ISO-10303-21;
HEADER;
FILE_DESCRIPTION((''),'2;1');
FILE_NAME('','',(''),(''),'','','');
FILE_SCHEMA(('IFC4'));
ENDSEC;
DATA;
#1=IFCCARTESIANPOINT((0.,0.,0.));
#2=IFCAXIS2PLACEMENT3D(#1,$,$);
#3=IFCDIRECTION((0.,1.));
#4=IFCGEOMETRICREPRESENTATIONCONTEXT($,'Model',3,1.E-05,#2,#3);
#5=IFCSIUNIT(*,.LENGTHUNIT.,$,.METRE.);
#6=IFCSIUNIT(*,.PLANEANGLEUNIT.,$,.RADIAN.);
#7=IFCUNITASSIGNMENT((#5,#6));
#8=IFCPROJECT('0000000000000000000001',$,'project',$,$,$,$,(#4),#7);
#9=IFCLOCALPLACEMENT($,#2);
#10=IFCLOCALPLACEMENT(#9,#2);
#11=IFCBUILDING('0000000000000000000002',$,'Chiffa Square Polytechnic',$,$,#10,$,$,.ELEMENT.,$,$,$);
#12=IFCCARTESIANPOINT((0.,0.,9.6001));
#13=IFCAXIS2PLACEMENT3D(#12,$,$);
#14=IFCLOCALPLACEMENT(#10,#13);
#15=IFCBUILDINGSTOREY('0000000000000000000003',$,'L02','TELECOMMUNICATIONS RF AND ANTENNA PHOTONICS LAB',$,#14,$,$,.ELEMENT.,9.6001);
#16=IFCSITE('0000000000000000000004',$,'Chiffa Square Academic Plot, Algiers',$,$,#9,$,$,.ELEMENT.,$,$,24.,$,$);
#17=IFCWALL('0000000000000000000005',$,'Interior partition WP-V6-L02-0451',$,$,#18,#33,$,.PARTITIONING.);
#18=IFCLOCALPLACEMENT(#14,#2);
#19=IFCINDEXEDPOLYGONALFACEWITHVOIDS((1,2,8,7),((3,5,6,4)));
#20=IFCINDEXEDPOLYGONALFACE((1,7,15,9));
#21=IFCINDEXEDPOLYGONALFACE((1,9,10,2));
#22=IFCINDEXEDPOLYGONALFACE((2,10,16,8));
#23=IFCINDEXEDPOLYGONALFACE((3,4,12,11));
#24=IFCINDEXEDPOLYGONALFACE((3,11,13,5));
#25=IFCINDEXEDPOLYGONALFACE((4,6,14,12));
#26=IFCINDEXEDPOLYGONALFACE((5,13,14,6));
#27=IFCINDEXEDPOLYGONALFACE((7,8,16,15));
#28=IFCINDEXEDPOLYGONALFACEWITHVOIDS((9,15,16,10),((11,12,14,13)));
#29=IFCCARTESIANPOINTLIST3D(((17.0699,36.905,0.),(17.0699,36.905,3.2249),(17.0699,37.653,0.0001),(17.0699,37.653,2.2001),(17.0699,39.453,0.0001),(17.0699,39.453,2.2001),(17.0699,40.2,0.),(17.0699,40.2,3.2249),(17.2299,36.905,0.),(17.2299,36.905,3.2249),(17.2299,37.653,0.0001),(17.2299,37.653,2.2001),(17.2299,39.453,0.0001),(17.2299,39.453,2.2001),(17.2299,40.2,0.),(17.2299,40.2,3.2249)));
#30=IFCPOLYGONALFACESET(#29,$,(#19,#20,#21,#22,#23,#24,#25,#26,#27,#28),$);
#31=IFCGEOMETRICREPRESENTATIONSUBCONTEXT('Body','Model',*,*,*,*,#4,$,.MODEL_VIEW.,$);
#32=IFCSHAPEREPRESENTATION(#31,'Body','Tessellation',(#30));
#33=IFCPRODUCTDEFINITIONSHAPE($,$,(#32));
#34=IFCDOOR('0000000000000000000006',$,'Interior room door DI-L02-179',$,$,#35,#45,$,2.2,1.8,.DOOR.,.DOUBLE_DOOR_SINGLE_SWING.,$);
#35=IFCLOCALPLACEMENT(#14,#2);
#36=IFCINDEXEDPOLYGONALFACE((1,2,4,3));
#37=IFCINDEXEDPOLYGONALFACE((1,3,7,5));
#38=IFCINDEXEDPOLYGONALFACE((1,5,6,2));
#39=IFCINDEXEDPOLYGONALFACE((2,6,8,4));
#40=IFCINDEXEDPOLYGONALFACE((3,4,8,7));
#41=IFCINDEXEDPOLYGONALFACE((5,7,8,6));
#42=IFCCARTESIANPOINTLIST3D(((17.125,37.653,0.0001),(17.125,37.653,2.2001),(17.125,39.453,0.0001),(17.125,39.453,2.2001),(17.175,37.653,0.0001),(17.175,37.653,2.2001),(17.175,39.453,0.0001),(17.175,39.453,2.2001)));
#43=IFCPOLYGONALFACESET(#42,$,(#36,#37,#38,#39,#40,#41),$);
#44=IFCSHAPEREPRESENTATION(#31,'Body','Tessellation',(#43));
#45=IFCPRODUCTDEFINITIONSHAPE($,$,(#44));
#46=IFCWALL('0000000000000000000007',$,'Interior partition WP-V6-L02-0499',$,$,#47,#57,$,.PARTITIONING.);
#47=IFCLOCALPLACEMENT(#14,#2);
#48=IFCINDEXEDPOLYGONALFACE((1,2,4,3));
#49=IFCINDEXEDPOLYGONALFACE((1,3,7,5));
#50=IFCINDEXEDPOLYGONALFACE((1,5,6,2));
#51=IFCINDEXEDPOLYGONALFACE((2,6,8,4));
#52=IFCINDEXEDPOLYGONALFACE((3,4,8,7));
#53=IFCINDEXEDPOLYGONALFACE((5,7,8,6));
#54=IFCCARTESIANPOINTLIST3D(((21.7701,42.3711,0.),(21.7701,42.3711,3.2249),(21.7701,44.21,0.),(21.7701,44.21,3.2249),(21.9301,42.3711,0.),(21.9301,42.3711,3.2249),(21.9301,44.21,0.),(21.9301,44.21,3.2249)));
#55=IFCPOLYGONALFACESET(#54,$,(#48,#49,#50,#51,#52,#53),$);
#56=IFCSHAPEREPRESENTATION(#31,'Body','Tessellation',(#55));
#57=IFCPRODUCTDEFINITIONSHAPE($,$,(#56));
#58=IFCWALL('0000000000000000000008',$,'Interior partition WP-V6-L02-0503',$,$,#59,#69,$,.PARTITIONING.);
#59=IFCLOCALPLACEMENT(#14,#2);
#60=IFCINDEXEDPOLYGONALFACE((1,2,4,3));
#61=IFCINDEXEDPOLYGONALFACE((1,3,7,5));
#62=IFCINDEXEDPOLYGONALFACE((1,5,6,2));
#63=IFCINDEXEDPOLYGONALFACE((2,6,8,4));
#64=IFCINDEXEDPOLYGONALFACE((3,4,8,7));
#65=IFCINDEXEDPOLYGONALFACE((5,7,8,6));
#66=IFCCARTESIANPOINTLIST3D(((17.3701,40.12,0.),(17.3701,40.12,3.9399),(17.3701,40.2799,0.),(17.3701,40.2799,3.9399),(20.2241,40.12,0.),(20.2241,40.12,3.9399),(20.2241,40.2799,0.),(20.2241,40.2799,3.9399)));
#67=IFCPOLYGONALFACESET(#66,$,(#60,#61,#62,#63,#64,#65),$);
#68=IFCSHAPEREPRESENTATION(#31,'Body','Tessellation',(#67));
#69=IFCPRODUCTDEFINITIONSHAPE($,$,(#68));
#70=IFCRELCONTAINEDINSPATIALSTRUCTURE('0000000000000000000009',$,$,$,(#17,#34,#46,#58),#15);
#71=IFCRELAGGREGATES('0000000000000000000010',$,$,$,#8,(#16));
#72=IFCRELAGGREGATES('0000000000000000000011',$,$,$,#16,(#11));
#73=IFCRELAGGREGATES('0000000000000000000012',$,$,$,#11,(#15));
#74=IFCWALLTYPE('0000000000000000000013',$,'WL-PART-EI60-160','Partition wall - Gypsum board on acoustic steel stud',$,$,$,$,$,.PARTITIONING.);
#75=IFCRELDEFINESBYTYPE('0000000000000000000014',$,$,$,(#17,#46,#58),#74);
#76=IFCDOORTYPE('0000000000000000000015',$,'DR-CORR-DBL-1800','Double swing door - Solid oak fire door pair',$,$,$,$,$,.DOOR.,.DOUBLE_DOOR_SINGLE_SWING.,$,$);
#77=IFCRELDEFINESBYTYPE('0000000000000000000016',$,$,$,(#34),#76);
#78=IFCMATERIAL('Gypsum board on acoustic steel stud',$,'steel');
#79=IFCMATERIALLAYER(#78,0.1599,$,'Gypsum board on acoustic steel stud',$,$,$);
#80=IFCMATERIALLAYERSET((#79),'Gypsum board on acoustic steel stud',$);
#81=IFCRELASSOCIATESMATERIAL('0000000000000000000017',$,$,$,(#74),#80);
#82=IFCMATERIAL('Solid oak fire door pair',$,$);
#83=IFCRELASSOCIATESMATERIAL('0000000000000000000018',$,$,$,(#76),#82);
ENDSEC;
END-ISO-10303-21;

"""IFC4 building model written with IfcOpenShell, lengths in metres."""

from ifc_helpers import new_model, si_unit, direction, frame, frame_2d, origin, place, context, subcontext, project, spatial, rectangle, extrude, material, layer, layer_set, type_object, element, fill, save


model = new_model("IFC4")

# Units and contexts
model_context = context("Model", 3, precision=1e-05, world=origin(), true_north=direction((0.0, 1.0)))
body_context = subcontext(model_context, "Body", "Model", "MODEL_VIEW")
ifc_project = project(units=[si_unit("LENGTHUNIT", "METRE"), si_unit("PLANEANGLEUNIT", "RADIAN")], contexts=[model_context])

# Site, building, storey
site_placement = place(None, origin())
site = spatial("IfcSite", under=ifc_project, at=site_placement, Name="Chiffa Square Academic Plot, Algiers", CompositionType="ELEMENT", RefElevation=24.0)
building_placement = place(site_placement, origin())
building = spatial("IfcBuilding", under=site, at=building_placement, Name="Chiffa Square Polytechnic", CompositionType="ELEMENT")
storey_placement = place(building_placement, frame((0.0, 0.0, 9.6001)))
storey = spatial("IfcBuildingStorey", under=building, at=storey_placement, Name="L02", Description="TELECOMMUNICATIONS RF AND ANTENNA PHOTONICS LAB", CompositionType="ELEMENT", Elevation=9.6001)

# Shared definitions
ifc_material_1 = material(Name="Gypsum board on acoustic steel stud", Category="steel")
ifc_layer_1 = layer(ifc_material_1, 0.1599, Name="Gypsum board on acoustic steel stud")
ifc_layer_set_1 = layer_set([ifc_layer_1], Name="Gypsum board on acoustic steel stud")
wall_type_1 = type_object("IfcWallType", Name="WL-PART-EI60-160", Description="Partition wall - Gypsum board on acoustic steel stud", PredefinedType="PARTITIONING", material=ifc_layer_set_1)

# Wall, opening, door
wall_1_placement = place(storey_placement, frame((17.1499, 36.905, 0.0), z_axis=(0.0, 0.0, 1.0), x_axis=(0.0, 1.0, 0.0)))
wall_1 = element("IfcWall", 1, at=wall_1_placement, inside=storey, type_object=wall_type_1, Name="Interior partition WP-V6-L02-0451", PredefinedType="PARTITIONING", context=body_context, shape_type="SweptSolid", body=[
    extrude(rectangle(XDim=3.2949, YDim=0.1599, at=frame_2d((1.6475, 0.0))), origin(), (0.0, 0.0, 1.0), 3.2249),
])
opening_1_placement = place(wall_1_placement, frame((0.748, 0.0, 0.0)))
opening_1 = element("IfcOpeningElement", 2, at=opening_1_placement, cuts=wall_1, PredefinedType="OPENING", context=body_context, shape_type="SweptSolid", body=[
    extrude(rectangle(XDim=1.8, YDim=2.2, at=frame_2d((0.8999, 1.1001))), frame((0.0, 0.0898, 0.0), z_axis=(0.0, -1.0, 0.0), x_axis=(1.0, 0.0, 0.0)), (0.0, 0.0, 1.0), 0.1799),
])
ifc_material_2 = material(Name="Solid oak fire door pair")
door_type_1 = type_object("IfcDoorType", Name="DR-CORR-DBL-1800", Description="Double swing door - Solid oak fire door pair", OperationType="DOUBLE_DOOR_SINGLE_SWING", PredefinedType="DOOR", material=ifc_material_2)
door_1_placement = place(opening_1_placement, origin())
door_1 = element("IfcDoor", 3, at=door_1_placement, inside=storey, type_object=door_type_1, Name="Interior room door DI-L02-179", OperationType="DOUBLE_DOOR_SINGLE_SWING", OverallHeight=2.2, OverallWidth=1.8, PredefinedType="DOOR", context=body_context, shape_type="SweptSolid", body=[
    extrude(rectangle(XDim=1.8, YDim=2.2, at=frame_2d((0.8999, 1.1001))), frame((0.0, 0.0249, 0.0), z_axis=(0.0, -1.0, 0.0), x_axis=(1.0, 0.0, 0.0)), (0.0, 0.0, 1.0), 0.05),
])
fill(opening_1, door_1)

# Walls
wall_2_placement = place(storey_placement, frame((21.8501, 42.3711, 0.0), z_axis=(0.0, 0.0, 1.0), x_axis=(0.0, 1.0, 0.0)))
element("IfcWall", 4, at=wall_2_placement, inside=storey, type_object=wall_type_1, Name="Interior partition WP-V6-L02-0499", PredefinedType="PARTITIONING", context=body_context, shape_type="SweptSolid", body=[
    extrude(rectangle(XDim=1.8389, YDim=0.1599, at=frame_2d((0.9194, 0.0))), origin(), (0.0, 0.0, 1.0), 3.2249),
])
wall_3_placement = place(storey_placement, frame((17.3701, 40.2, 0.0), z_axis=(0.0, 0.0, 1.0), x_axis=(1.0, 0.0, 0.0)))
element("IfcWall", 5, at=wall_3_placement, inside=storey, type_object=wall_type_1, Name="Interior partition WP-V6-L02-0503", PredefinedType="PARTITIONING", context=body_context, shape_type="SweptSolid", body=[
    extrude(rectangle(XDim=2.854, YDim=0.1599, at=frame_2d((1.427, 0.0))), origin(), (0.0, 0.0, 1.0), 3.9399),
])

save(model, "model.ifc")
